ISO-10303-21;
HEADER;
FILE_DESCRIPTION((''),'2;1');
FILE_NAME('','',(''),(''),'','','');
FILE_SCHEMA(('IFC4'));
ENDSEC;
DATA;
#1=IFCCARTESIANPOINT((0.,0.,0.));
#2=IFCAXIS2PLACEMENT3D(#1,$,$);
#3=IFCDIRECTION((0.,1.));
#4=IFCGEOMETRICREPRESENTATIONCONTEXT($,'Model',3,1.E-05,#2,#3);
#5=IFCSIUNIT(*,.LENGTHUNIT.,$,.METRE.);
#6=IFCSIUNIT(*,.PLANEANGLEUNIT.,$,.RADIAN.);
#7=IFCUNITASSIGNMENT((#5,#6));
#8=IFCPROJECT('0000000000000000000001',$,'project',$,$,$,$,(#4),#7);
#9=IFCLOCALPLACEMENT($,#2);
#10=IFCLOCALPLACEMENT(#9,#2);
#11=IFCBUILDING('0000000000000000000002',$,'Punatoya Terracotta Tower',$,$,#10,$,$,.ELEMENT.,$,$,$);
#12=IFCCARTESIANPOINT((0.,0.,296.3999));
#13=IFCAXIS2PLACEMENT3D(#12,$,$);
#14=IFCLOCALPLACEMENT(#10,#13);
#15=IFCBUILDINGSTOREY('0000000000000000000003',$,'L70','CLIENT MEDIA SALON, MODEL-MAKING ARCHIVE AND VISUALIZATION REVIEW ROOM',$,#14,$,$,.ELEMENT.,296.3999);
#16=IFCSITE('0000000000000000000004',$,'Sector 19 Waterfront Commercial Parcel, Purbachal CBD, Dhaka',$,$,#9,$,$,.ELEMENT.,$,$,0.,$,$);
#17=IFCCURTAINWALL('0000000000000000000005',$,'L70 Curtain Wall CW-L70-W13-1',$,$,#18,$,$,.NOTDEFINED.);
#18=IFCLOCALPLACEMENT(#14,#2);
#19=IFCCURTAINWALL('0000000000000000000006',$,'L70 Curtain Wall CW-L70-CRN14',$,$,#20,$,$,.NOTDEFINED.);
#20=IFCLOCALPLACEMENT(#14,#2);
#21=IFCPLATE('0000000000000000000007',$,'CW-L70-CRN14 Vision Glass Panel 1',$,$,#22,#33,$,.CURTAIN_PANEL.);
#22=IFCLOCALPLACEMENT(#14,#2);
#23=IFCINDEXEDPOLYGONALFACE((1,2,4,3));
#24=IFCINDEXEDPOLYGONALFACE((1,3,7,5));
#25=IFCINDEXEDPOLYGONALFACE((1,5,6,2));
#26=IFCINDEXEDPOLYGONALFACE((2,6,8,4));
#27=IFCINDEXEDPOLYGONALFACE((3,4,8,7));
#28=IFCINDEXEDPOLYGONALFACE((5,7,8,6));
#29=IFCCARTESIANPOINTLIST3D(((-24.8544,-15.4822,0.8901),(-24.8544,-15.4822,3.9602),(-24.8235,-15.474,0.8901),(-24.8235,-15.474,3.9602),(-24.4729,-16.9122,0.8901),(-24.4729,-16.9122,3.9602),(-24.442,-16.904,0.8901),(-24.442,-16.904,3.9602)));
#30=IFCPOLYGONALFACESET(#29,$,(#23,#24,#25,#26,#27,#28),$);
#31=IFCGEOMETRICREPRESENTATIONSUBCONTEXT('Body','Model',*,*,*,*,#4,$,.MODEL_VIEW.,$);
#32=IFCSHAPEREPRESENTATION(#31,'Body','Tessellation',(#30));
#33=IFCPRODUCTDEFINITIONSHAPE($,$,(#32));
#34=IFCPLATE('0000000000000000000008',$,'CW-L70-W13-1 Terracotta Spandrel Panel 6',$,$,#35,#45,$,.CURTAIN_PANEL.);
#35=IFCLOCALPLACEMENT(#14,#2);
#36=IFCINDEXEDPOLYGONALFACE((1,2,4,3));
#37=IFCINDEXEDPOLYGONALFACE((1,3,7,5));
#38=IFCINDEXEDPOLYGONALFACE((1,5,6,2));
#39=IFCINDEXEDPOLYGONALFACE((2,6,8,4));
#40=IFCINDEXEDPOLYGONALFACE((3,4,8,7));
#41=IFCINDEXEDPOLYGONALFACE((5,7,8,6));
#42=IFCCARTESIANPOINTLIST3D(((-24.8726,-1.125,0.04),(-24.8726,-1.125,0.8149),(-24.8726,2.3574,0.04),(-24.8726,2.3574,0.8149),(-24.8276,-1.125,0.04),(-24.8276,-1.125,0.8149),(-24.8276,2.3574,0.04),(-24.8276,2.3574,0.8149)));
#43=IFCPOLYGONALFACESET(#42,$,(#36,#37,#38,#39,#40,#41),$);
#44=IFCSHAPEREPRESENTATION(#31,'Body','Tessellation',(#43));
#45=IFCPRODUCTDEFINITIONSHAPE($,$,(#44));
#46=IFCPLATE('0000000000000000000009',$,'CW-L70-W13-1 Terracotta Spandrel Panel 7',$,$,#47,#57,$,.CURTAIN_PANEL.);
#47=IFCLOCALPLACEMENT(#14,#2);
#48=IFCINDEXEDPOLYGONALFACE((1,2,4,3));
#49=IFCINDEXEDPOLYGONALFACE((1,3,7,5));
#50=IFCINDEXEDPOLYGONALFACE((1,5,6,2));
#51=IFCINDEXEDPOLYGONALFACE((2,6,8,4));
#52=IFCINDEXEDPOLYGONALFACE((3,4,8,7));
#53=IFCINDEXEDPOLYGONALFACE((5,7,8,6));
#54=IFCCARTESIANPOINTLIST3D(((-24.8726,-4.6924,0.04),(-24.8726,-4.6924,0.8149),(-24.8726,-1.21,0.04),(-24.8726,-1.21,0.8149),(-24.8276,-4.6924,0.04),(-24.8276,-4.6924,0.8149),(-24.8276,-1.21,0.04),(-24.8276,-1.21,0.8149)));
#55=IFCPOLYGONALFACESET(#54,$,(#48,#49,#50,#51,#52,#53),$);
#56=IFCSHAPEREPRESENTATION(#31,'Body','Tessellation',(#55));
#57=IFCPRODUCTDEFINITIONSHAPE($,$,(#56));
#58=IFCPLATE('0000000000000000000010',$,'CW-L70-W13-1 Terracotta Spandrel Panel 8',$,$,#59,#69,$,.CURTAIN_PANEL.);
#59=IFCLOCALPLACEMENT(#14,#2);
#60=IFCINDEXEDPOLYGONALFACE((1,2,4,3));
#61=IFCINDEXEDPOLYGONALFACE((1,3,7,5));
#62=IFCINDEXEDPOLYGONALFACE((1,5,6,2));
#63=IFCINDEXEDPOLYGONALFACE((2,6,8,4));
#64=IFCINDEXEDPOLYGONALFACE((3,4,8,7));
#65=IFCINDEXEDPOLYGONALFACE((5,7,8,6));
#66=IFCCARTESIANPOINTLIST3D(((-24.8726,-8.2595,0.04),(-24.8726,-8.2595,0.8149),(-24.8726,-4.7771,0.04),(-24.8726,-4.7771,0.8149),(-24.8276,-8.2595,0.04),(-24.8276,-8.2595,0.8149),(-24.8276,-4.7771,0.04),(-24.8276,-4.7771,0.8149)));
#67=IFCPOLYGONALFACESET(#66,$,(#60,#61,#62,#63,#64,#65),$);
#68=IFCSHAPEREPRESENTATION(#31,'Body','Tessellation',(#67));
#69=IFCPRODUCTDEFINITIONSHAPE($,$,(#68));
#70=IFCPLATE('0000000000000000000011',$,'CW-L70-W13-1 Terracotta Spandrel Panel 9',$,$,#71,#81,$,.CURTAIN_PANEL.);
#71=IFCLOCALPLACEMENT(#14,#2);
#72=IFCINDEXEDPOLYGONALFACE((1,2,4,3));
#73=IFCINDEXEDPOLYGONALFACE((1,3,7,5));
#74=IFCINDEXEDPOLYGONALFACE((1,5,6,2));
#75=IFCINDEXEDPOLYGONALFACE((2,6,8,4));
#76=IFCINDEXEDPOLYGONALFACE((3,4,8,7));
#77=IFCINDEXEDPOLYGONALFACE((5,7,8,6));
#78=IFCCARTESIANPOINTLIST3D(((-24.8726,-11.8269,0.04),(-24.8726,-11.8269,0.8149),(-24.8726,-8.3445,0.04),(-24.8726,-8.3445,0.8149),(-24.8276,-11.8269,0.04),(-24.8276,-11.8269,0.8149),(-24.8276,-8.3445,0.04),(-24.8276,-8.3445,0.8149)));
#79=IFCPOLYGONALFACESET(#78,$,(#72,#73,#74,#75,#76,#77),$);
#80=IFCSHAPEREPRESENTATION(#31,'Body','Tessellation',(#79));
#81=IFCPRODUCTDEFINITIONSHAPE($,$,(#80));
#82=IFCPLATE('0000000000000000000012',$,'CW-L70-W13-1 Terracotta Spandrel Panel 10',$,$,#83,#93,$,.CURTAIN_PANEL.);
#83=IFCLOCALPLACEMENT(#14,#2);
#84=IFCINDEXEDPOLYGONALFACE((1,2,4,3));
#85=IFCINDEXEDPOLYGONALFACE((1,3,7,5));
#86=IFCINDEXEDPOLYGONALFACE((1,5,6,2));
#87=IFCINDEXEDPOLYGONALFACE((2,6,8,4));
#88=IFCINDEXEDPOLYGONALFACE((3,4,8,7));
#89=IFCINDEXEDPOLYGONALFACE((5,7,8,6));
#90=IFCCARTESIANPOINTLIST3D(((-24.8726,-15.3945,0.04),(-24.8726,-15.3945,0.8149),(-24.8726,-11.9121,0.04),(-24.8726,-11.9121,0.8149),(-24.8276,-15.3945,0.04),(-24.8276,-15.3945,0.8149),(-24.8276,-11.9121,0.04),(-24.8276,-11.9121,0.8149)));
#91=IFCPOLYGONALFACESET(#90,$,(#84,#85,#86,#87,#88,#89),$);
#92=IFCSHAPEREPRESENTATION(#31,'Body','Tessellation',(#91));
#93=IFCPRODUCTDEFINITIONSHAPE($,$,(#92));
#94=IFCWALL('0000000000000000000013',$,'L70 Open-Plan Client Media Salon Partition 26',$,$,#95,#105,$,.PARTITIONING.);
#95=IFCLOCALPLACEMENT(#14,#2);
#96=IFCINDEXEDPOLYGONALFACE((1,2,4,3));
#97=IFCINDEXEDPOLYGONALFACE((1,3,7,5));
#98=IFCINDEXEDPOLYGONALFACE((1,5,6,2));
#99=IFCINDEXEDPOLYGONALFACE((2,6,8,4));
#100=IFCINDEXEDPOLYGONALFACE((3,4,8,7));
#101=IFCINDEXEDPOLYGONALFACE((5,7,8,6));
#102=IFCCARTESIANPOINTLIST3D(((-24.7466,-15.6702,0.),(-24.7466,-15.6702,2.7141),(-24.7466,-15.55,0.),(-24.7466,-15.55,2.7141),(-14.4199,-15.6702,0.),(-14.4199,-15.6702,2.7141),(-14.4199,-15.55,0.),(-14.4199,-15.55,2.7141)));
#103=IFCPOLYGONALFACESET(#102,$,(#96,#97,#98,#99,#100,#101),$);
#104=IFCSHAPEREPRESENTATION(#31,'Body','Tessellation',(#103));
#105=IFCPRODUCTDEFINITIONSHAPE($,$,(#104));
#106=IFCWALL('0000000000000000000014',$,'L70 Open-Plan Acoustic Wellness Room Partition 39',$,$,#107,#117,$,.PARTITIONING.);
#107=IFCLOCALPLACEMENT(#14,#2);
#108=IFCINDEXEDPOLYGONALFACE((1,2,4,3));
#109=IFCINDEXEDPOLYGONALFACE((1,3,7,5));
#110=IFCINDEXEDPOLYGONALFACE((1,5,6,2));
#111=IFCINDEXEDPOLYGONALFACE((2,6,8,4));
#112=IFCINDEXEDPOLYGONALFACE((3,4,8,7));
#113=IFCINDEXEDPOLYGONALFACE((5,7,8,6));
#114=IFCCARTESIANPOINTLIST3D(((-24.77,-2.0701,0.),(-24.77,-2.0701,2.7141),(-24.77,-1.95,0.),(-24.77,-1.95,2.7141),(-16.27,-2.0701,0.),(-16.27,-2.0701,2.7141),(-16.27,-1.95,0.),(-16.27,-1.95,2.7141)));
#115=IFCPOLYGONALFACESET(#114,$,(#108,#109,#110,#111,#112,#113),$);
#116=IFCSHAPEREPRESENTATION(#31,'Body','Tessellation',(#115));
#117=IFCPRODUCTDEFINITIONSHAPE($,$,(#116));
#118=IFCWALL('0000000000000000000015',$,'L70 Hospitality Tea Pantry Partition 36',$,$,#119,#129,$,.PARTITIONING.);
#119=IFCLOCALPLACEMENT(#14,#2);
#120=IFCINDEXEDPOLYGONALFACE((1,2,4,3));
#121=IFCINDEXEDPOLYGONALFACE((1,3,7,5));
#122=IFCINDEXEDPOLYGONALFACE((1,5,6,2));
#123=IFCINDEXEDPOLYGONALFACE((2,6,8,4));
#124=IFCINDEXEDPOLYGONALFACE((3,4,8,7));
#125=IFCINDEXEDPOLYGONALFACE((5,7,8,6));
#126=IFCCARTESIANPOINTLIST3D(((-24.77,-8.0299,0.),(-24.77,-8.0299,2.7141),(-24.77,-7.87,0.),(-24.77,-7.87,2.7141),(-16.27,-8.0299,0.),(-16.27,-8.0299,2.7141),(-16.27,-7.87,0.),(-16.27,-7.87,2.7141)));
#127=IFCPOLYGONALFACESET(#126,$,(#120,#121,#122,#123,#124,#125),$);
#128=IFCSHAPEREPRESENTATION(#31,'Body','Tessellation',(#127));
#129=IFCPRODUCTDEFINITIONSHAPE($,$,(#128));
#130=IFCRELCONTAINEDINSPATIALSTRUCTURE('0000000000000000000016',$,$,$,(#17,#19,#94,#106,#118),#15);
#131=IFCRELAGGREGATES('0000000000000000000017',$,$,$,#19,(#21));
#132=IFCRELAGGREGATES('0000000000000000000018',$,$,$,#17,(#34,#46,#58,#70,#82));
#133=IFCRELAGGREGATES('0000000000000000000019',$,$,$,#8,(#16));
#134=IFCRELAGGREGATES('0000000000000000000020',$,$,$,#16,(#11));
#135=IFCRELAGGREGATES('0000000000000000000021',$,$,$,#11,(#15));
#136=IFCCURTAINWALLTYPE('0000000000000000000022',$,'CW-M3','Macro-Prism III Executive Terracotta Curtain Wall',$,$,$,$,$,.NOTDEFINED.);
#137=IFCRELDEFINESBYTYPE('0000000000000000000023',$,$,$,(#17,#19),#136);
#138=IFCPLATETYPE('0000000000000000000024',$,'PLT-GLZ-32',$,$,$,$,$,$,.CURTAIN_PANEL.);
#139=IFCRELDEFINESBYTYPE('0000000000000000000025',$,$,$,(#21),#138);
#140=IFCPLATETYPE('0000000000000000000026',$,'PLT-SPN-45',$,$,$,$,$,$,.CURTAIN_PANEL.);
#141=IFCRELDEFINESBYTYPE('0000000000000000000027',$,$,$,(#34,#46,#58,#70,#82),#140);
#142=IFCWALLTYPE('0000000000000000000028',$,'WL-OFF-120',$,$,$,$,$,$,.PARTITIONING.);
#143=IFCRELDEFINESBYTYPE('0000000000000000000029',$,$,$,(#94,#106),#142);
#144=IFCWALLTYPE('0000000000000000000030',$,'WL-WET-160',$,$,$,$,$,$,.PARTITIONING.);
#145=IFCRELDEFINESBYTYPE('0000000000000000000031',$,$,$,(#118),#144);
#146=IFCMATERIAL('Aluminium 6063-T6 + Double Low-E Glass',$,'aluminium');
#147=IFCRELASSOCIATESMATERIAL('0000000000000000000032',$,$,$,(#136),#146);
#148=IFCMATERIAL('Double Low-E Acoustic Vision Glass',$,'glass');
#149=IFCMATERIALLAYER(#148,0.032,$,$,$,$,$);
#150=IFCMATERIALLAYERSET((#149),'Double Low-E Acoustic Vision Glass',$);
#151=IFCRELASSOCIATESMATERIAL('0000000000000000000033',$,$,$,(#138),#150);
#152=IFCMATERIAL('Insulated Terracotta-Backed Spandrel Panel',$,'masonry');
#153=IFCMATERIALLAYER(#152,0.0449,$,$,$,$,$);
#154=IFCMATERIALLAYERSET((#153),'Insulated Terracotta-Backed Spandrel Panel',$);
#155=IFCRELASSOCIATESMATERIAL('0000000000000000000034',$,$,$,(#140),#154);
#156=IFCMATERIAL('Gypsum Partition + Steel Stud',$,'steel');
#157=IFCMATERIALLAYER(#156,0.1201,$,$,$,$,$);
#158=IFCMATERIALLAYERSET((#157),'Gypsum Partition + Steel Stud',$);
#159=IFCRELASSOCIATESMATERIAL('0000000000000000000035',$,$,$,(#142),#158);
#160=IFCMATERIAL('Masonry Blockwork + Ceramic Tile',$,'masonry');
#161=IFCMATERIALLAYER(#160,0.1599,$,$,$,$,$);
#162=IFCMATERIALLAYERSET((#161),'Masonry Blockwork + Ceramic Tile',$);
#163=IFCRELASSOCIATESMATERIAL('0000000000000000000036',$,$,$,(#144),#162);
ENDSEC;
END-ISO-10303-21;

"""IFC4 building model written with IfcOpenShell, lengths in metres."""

from ifc_helpers import new_model, si_unit, direction, frame, frame_2d, origin, origin_2d, place, context, subcontext, project, spatial, rectangle, extrude, material, layer, layer_set, type_object, element, aggregate, save


model = new_model("IFC4")

# Units and contexts
model_context = context("Model", 3, precision=1e-05, world=origin(), true_north=direction((0.0, 1.0)))
body_context = subcontext(model_context, "Body", "Model", "MODEL_VIEW")
ifc_project = project(units=[si_unit("LENGTHUNIT", "METRE"), si_unit("PLANEANGLEUNIT", "RADIAN")], contexts=[model_context])

# Site, building, storey
site_placement = place(None, origin())
site = spatial("IfcSite", under=ifc_project, at=site_placement, Name="Sector 19 Waterfront Commercial Parcel, Purbachal CBD, Dhaka", CompositionType="ELEMENT", RefElevation=0.0)
building_placement = place(site_placement, origin())
building = spatial("IfcBuilding", under=site, at=building_placement, Name="Punatoya Terracotta Tower", CompositionType="ELEMENT")
storey_placement = place(building_placement, frame((0.0, 0.0, 296.3999)))
storey = spatial("IfcBuildingStorey", under=building, at=storey_placement, Name="L70", Description="CLIENT MEDIA SALON, MODEL-MAKING ARCHIVE AND VISUALIZATION REVIEW ROOM", CompositionType="ELEMENT", Elevation=296.3999)

# Curtain walls
ifc_material_1 = material(Name="Aluminium 6063-T6 + Double Low-E Glass", Category="aluminium")
curtain_wall_type = type_object("IfcCurtainWallType", Name="CW-M3", Description="Macro-Prism III Executive Terracotta Curtain Wall", PredefinedType="NOTDEFINED", material=ifc_material_1)
curtain_wall_1_placement = place(storey_placement, origin())
curtain_wall_1 = element("IfcCurtainWall", 1, at=curtain_wall_1_placement, inside=storey, type_object=curtain_wall_type, Name="L70 Curtain Wall CW-L70-W13-1", PredefinedType="NOTDEFINED")
curtain_wall_2_placement = place(storey_placement, origin())
curtain_wall_2 = element("IfcCurtainWall", 2, at=curtain_wall_2_placement, inside=storey, type_object=curtain_wall_type, Name="L70 Curtain Wall CW-L70-CRN14", PredefinedType="NOTDEFINED")

# Plates
ifc_material_2 = material(Name="Double Low-E Acoustic Vision Glass", Category="glass")
ifc_layer_1 = layer(ifc_material_2, 0.032)
ifc_layer_set_1 = layer_set([ifc_layer_1], Name="Double Low-E Acoustic Vision Glass")
plate_type_1 = type_object("IfcPlateType", Name="PLT-GLZ-32", PredefinedType="CURTAIN_PANEL", material=ifc_layer_set_1)
plate_1_placement = place(storey_placement, frame((-24.6482, -16.1931, 0.8901), z_axis=(0.0, 0.0, 1.0), x_axis=(0.257742, -0.966214, 0.0)))
plate_1 = element("IfcPlate", 3, at=plate_1_placement, type_object=plate_type_1, Name="CW-L70-CRN14 Vision Glass Panel 1", PredefinedType="CURTAIN_PANEL", context=body_context, shape_type="SweptSolid", body=[
    extrude(rectangle(XDim=1.48, YDim=0.032, at=origin_2d()), origin(), (0.0, 0.0, 1.0), 3.0701),
])
aggregate(curtain_wall_2, [plate_1])
ifc_material_3 = material(Name="Insulated Terracotta-Backed Spandrel Panel", Category="masonry")
ifc_layer_2 = layer(ifc_material_3, 0.0449)
ifc_layer_set_2 = layer_set([ifc_layer_2], Name="Insulated Terracotta-Backed Spandrel Panel")
plate_type_2 = type_object("IfcPlateType", Name="PLT-SPN-45", PredefinedType="CURTAIN_PANEL", material=ifc_layer_set_2)
plate_2_placement = place(storey_placement, frame((-24.8501, 0.6162, 0.04), z_axis=(0.0, 0.0, 1.0), x_axis=(0.0, -1.0, 0.0)))
plate_2 = element("IfcPlate", 4, at=plate_2_placement, type_object=plate_type_2, Name="CW-L70-W13-1 Terracotta Spandrel Panel 6", PredefinedType="CURTAIN_PANEL", context=body_context, shape_type="SweptSolid", body=[
    extrude(rectangle(XDim=3.4824, YDim=0.0449, at=origin_2d()), origin(), (0.0, 0.0, 1.0), 0.7749),
])
plate_3_placement = place(storey_placement, frame((-24.8501, -2.9512, 0.04), z_axis=(0.0, 0.0, 1.0), x_axis=(0.0, -1.0, 0.0)))
plate_3 = element("IfcPlate", 5, at=plate_3_placement, type_object=plate_type_2, Name="CW-L70-W13-1 Terracotta Spandrel Panel 7", PredefinedType="CURTAIN_PANEL", context=body_context, shape_type="SweptSolid", body=[
    extrude(rectangle(XDim=3.4824, YDim=0.0449, at=origin_2d()), origin(), (0.0, 0.0, 1.0), 0.7749),
])
plate_4_placement = place(storey_placement, frame((-24.8501, -6.5183, 0.04), z_axis=(0.0, 0.0, 1.0), x_axis=(0.0, -1.0, 0.0)))
plate_4 = element("IfcPlate", 6, at=plate_4_placement, type_object=plate_type_2, Name="CW-L70-W13-1 Terracotta Spandrel Panel 8", PredefinedType="CURTAIN_PANEL", context=body_context, shape_type="SweptSolid", body=[
    extrude(rectangle(XDim=3.4824, YDim=0.0449, at=origin_2d()), origin(), (0.0, 0.0, 1.0), 0.7749),
])
plate_5_placement = place(storey_placement, frame((-24.8501, -10.0857, 0.04), z_axis=(0.0, 0.0, 1.0), x_axis=(0.0, -1.0, 0.0)))
plate_5 = element("IfcPlate", 7, at=plate_5_placement, type_object=plate_type_2, Name="CW-L70-W13-1 Terracotta Spandrel Panel 9", PredefinedType="CURTAIN_PANEL", context=body_context, shape_type="SweptSolid", body=[
    extrude(rectangle(XDim=3.4824, YDim=0.0449, at=origin_2d()), origin(), (0.0, 0.0, 1.0), 0.7749),
])
plate_6_placement = place(storey_placement, frame((-24.8501, -13.6533, 0.04), z_axis=(0.0, 0.0, 1.0), x_axis=(0.0, -1.0, 0.0)))
plate_6 = element("IfcPlate", 8, at=plate_6_placement, type_object=plate_type_2, Name="CW-L70-W13-1 Terracotta Spandrel Panel 10", PredefinedType="CURTAIN_PANEL", context=body_context, shape_type="SweptSolid", body=[
    extrude(rectangle(XDim=3.4824, YDim=0.0449, at=origin_2d()), origin(), (0.0, 0.0, 1.0), 0.7749),
])
aggregate(curtain_wall_1, [plate_2, plate_3, plate_4, plate_5, plate_6])

# Walls
ifc_material_4 = material(Name="Gypsum Partition + Steel Stud", Category="steel")
ifc_layer_3 = layer(ifc_material_4, 0.1201)
ifc_layer_set_3 = layer_set([ifc_layer_3], Name="Gypsum Partition + Steel Stud")
wall_type_1 = type_object("IfcWallType", Name="WL-OFF-120", PredefinedType="PARTITIONING", material=ifc_layer_set_3)
wall_1_placement = place(storey_placement, frame((-24.7466, -15.6101, 0.0), z_axis=(0.0, 0.0, 1.0), x_axis=(1.0, 0.0, 0.0)))
element("IfcWall", 9, at=wall_1_placement, inside=storey, type_object=wall_type_1, Name="L70 Open-Plan Client Media Salon Partition 26", PredefinedType="PARTITIONING", context=body_context, shape_type="SweptSolid", body=[
    extrude(rectangle(XDim=10.3267, YDim=0.1201, at=frame_2d((5.1633, 0.0))), origin(), (0.0, 0.0, 1.0), 2.7141),
])
wall_2_placement = place(storey_placement, frame((-24.77, -2.01, 0.0), z_axis=(0.0, 0.0, 1.0), x_axis=(1.0, 0.0, 0.0)))
element("IfcWall", 10, at=wall_2_placement, inside=storey, type_object=wall_type_1, Name="L70 Open-Plan Acoustic Wellness Room Partition 39", PredefinedType="PARTITIONING", context=body_context, shape_type="SweptSolid", body=[
    extrude(rectangle(XDim=8.5, YDim=0.1201, at=frame_2d((4.25, 0.0))), origin(), (0.0, 0.0, 1.0), 2.7141),
])
ifc_material_5 = material(Name="Masonry Blockwork + Ceramic Tile", Category="masonry")
ifc_layer_4 = layer(ifc_material_5, 0.1599)
ifc_layer_set_4 = layer_set([ifc_layer_4], Name="Masonry Blockwork + Ceramic Tile")
wall_type_2 = type_object("IfcWallType", Name="WL-WET-160", PredefinedType="PARTITIONING", material=ifc_layer_set_4)
wall_3_placement = place(storey_placement, frame((-24.77, -7.95, 0.0), z_axis=(0.0, 0.0, 1.0), x_axis=(1.0, 0.0, 0.0)))
element("IfcWall", 11, at=wall_3_placement, inside=storey, type_object=wall_type_2, Name="L70 Hospitality Tea Pantry Partition 36", PredefinedType="PARTITIONING", context=body_context, shape_type="SweptSolid", body=[
    extrude(rectangle(XDim=8.5, YDim=0.1599, at=frame_2d((4.25, 0.0))), origin(), (0.0, 0.0, 1.0), 2.7141),
])

save(model, "model.ifc")
